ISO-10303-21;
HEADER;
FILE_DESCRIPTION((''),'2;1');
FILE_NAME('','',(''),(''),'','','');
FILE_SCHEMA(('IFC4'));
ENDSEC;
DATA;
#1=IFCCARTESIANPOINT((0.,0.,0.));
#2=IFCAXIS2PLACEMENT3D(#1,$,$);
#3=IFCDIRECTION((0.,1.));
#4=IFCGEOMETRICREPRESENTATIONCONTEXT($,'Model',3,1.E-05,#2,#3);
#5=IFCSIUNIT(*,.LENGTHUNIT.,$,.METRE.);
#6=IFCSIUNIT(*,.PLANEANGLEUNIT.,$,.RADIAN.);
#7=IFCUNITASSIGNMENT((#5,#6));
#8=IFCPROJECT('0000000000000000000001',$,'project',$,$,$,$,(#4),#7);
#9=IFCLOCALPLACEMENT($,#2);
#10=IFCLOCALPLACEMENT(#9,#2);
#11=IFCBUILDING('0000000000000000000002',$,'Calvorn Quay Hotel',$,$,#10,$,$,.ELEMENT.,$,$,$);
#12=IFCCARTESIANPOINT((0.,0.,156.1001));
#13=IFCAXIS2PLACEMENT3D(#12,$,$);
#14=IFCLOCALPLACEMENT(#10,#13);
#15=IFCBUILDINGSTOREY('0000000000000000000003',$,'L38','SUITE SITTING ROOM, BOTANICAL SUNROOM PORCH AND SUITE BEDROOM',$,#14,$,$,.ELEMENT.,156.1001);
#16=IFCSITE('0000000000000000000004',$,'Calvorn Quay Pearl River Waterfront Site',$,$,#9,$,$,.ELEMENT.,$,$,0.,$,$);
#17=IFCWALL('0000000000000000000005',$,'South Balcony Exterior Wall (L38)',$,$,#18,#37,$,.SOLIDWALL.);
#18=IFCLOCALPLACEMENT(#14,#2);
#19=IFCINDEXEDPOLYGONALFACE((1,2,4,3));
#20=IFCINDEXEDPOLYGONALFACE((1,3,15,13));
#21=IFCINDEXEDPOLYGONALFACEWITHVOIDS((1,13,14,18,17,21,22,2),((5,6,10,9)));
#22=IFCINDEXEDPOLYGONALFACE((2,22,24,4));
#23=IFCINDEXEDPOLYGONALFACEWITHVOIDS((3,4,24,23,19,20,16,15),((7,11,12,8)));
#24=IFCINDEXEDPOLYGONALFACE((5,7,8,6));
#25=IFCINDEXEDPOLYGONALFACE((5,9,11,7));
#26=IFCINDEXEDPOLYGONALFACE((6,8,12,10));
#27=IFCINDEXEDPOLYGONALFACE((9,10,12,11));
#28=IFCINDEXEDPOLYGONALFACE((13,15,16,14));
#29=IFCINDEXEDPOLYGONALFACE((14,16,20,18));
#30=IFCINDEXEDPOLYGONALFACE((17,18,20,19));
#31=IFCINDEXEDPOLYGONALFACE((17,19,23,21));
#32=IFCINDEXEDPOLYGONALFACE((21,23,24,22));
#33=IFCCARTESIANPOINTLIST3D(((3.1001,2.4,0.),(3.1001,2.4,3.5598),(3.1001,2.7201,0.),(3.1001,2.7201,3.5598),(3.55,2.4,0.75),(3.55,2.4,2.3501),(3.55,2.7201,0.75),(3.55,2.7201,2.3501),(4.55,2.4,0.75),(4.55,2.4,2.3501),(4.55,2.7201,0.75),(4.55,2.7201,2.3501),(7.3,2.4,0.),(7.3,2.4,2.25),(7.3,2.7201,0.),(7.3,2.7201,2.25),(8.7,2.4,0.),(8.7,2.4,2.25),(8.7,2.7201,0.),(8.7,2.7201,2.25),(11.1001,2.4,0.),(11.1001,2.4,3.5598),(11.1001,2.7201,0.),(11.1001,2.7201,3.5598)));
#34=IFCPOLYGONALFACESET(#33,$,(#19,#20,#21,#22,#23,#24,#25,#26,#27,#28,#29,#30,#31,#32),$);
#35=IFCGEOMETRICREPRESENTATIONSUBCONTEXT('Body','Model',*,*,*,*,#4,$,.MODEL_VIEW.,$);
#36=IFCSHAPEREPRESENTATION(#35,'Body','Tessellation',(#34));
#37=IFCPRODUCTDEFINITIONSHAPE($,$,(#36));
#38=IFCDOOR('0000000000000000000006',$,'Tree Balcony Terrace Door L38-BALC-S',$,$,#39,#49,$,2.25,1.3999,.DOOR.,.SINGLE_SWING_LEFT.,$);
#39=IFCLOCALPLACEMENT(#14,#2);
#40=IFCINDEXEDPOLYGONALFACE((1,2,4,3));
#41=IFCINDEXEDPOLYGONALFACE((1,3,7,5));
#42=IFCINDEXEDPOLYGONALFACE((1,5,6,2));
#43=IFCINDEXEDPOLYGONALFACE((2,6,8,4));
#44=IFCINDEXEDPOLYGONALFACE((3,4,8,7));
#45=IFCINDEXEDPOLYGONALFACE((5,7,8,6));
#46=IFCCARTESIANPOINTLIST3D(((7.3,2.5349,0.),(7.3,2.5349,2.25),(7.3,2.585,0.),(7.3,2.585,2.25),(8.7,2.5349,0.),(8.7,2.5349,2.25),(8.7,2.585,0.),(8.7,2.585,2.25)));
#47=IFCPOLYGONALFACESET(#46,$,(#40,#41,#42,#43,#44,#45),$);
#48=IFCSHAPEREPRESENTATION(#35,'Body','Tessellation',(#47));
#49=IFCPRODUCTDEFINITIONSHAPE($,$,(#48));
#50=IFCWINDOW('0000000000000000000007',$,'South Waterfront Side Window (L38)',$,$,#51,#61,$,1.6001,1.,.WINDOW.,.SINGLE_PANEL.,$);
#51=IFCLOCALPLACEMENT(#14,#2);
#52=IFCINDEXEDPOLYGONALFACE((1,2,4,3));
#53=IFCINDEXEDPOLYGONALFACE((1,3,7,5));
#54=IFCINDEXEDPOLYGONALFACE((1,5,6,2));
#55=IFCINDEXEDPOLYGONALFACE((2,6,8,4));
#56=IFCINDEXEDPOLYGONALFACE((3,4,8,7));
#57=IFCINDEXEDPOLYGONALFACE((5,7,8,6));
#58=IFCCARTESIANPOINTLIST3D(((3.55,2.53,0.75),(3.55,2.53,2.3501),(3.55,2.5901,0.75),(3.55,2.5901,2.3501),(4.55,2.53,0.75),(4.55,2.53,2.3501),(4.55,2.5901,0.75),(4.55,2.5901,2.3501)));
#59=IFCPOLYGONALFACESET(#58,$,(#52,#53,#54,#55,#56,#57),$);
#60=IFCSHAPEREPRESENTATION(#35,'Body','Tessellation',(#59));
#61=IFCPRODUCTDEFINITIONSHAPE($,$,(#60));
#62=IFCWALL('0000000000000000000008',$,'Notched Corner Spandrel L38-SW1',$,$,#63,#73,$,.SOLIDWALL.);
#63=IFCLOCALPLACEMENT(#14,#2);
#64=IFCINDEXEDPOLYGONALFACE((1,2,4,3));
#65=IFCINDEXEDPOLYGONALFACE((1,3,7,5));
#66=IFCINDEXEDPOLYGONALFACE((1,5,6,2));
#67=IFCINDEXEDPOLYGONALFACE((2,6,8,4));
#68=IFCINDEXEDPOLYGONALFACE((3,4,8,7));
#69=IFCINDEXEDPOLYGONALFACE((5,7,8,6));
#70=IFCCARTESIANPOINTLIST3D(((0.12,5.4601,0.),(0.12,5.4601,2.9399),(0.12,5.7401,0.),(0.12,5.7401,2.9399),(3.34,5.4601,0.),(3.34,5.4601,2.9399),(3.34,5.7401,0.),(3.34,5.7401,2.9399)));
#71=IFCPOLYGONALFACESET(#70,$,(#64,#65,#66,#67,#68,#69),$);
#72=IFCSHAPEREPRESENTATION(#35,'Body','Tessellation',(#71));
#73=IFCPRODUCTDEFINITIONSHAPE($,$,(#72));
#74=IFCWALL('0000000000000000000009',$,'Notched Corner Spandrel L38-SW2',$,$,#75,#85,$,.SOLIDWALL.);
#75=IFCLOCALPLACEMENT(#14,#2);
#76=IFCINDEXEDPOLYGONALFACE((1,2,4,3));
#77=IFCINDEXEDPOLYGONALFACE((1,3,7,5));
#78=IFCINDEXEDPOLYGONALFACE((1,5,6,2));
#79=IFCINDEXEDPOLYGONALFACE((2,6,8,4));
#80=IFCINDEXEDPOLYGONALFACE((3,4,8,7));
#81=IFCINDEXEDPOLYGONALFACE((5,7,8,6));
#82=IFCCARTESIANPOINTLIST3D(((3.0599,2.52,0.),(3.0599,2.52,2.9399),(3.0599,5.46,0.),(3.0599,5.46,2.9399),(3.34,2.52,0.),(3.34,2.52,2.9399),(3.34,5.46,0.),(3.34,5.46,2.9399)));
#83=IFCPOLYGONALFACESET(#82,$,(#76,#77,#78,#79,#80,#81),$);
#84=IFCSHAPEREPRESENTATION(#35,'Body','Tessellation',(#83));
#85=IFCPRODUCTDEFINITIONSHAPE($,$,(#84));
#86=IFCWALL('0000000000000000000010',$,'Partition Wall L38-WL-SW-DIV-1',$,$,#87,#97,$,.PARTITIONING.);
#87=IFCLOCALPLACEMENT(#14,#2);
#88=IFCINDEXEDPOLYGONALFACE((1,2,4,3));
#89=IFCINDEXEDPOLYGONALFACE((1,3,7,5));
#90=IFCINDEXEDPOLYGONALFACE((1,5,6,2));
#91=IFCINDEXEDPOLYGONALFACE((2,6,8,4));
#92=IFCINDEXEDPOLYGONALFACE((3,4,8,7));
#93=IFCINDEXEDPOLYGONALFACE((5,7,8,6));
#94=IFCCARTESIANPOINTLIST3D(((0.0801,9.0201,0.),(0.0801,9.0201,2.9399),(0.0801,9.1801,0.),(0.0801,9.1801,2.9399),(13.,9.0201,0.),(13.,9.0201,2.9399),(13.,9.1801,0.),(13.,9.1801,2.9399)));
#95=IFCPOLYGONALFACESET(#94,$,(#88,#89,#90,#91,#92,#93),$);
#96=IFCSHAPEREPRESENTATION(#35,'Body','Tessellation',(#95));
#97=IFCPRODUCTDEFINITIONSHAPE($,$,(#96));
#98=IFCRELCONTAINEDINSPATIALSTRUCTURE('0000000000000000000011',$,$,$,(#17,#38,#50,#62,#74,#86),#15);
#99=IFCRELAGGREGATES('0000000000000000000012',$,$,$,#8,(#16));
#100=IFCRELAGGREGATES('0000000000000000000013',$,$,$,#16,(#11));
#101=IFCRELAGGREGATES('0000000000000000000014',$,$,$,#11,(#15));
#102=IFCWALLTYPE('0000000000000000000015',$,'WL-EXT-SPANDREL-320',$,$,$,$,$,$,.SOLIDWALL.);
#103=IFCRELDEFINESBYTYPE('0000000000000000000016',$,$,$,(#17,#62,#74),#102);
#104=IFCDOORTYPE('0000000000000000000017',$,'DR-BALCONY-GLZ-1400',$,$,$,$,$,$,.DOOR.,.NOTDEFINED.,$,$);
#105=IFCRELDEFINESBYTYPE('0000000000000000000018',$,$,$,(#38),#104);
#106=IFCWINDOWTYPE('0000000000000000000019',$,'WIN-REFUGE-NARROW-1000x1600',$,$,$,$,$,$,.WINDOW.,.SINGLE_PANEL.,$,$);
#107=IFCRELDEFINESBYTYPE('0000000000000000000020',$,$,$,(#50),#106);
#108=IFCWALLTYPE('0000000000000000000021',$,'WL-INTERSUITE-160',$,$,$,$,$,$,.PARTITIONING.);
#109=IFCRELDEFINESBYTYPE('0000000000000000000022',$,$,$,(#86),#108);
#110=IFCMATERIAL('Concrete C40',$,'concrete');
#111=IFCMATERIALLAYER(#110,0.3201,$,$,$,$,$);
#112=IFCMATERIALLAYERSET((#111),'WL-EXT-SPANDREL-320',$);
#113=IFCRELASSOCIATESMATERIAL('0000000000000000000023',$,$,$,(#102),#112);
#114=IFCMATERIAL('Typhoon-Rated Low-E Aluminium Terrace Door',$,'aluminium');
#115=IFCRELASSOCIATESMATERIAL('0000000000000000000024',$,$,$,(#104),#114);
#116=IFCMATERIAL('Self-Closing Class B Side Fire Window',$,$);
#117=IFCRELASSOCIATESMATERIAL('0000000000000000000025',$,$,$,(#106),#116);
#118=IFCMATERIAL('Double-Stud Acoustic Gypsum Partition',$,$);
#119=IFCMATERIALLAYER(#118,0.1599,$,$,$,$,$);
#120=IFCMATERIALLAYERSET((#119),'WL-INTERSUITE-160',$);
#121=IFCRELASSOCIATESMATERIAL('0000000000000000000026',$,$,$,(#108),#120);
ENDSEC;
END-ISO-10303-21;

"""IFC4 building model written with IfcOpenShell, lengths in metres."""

from ifc_helpers import new_model, si_unit, direction, frame, frame_2d, origin, place, context, subcontext, project, spatial, rectangle, extrude, material, layer, layer_set, type_object, element, fill, save


model = new_model("IFC4")

# Units and contexts
model_context = context("Model", 3, precision=1e-05, world=origin(), true_north=direction((0.0, 1.0)))
body_context = subcontext(model_context, "Body", "Model", "MODEL_VIEW")
ifc_project = project(units=[si_unit("LENGTHUNIT", "METRE"), si_unit("PLANEANGLEUNIT", "RADIAN")], contexts=[model_context])

# Site, building, storey
site_placement = place(None, origin())
site = spatial("IfcSite", under=ifc_project, at=site_placement, Name="Calvorn Quay Pearl River Waterfront Site", CompositionType="ELEMENT", RefElevation=0.0)
building_placement = place(site_placement, origin())
building = spatial("IfcBuilding", under=site, at=building_placement, Name="Calvorn Quay Hotel", CompositionType="ELEMENT")
storey_placement = place(building_placement, frame((0.0, 0.0, 156.1001)))
storey = spatial("IfcBuildingStorey", under=building, at=storey_placement, Name="L38", Description="SUITE SITTING ROOM, BOTANICAL SUNROOM PORCH AND SUITE BEDROOM", CompositionType="ELEMENT", Elevation=156.1001)

# Wall, openings, door, window
ifc_material_1 = material(Name="Concrete C40", Category="concrete")
ifc_layer_1 = layer(ifc_material_1, 0.3201)
ifc_layer_set_1 = layer_set([ifc_layer_1], Name="WL-EXT-SPANDREL-320")
wall_type_1 = type_object("IfcWallType", Name="WL-EXT-SPANDREL-320", PredefinedType="SOLIDWALL", material=ifc_layer_set_1)
wall_1_placement = place(storey_placement, frame((3.1001, 2.5601, 0.0), z_axis=(0.0, 0.0, 1.0), x_axis=(1.0, 0.0, 0.0)))
wall_1 = element("IfcWall", 1, at=wall_1_placement, inside=storey, type_object=wall_type_1, Name="South Balcony Exterior Wall (L38)", PredefinedType="SOLIDWALL", context=body_context, shape_type="SweptSolid", body=[
    extrude(rectangle(XDim=8.0, YDim=0.3201, at=frame_2d((4.0, 0.0))), origin(), (0.0, 0.0, 1.0), 3.5598),
])
opening_1_placement = place(wall_1_placement, frame((0.45, 0.0, 0.75)))
opening_1 = element("IfcOpeningElement", 2, at=opening_1_placement, cuts=wall_1, PredefinedType="OPENING", context=body_context, shape_type="SweptSolid", body=[
    extrude(rectangle(XDim=1.0, YDim=1.6001, at=frame_2d((0.5, 0.8))), frame((0.0, 0.1699, 0.0), z_axis=(0.0, -1.0, 0.0), x_axis=(1.0, 0.0, 0.0)), (0.0, 0.0, 1.0), 0.3401),
])
opening_2_placement = place(wall_1_placement, frame((4.2, 0.0, 0.0)))
opening_2 = element("IfcOpeningElement", 3, at=opening_2_placement, cuts=wall_1, PredefinedType="OPENING", context=body_context, shape_type="SweptSolid", body=[
    extrude(rectangle(XDim=1.3999, YDim=2.25, at=frame_2d((0.7, 1.125))), frame((0.0, 0.1699, 0.0), z_axis=(0.0, -1.0, 0.0), x_axis=(1.0, 0.0, 0.0)), (0.0, 0.0, 1.0), 0.3401),
])
ifc_material_2 = material(Name="Typhoon-Rated Low-E Aluminium Terrace Door", Category="aluminium")
door_type_1 = type_object("IfcDoorType", Name="DR-BALCONY-GLZ-1400", OperationType="NOTDEFINED", PredefinedType="DOOR", material=ifc_material_2)
door_1_placement = place(opening_2_placement, origin())
door_1 = element("IfcDoor", 4, at=door_1_placement, inside=storey, type_object=door_type_1, Name="Tree Balcony Terrace Door L38-BALC-S", OperationType="SINGLE_SWING_LEFT", OverallHeight=2.25, OverallWidth=1.3999, PredefinedType="DOOR", context=body_context, shape_type="SweptSolid", body=[
    extrude(rectangle(XDim=1.3999, YDim=2.25, at=frame_2d((0.7, 1.125))), frame((0.0, 0.0249, 0.0), z_axis=(0.0, -1.0, 0.0), x_axis=(1.0, 0.0, 0.0)), (0.0, 0.0, 1.0), 0.05),
])
fill(opening_2, door_1)
ifc_material_3 = material(Name="Self-Closing Class B Side Fire Window")
window_type = type_object("IfcWindowType", Name="WIN-REFUGE-NARROW-1000x1600", PartitioningType="SINGLE_PANEL", PredefinedType="WINDOW", material=ifc_material_3)
window_placement = place(opening_1_placement, origin())
window = element("IfcWindow", 5, at=window_placement, inside=storey, type_object=window_type, Name="South Waterfront Side Window (L38)", OverallHeight=1.6001, OverallWidth=1.0, PartitioningType="SINGLE_PANEL", PredefinedType="WINDOW", context=body_context, shape_type="SweptSolid", body=[
    extrude(rectangle(XDim=1.0, YDim=1.6001, at=frame_2d((0.5, 0.8))), frame((0.0, 0.03, 0.0), z_axis=(0.0, -1.0, 0.0), x_axis=(1.0, 0.0, 0.0)), (0.0, 0.0, 1.0), 0.0601),
])
fill(opening_1, window)

# Walls
wall_2_placement = place(storey_placement, frame((0.1201, 5.6001, 0.0), z_axis=(0.0, 0.0, 1.0), x_axis=(1.0, 0.0, 0.0)))
element("IfcWall", 6, at=wall_2_placement, inside=storey, type_object=wall_type_1, Name="Notched Corner Spandrel L38-SW1", PredefinedType="SOLIDWALL", context=body_context, shape_type="SweptSolid", body=[
    extrude(rectangle(XDim=3.22, YDim=0.28, at=frame_2d((1.6099, 0.0))), origin(), (0.0, 0.0, 1.0), 2.9399),
])
wall_3_placement = place(storey_placement, frame((3.2, 5.46, 0.0), z_axis=(0.0, 0.0, 1.0), x_axis=(0.0, -1.0, 0.0)))
element("IfcWall", 7, at=wall_3_placement, inside=storey, type_object=wall_type_1, Name="Notched Corner Spandrel L38-SW2", PredefinedType="SOLIDWALL", context=body_context, shape_type="SweptSolid", body=[
    extrude(rectangle(XDim=2.9399, YDim=0.28, at=frame_2d((1.47, 0.0))), origin(), (0.0, 0.0, 1.0), 2.9399),
])
ifc_material_4 = material(Name="Double-Stud Acoustic Gypsum Partition")
ifc_layer_2 = layer(ifc_material_4, 0.1599)
ifc_layer_set_2 = layer_set([ifc_layer_2], Name="WL-INTERSUITE-160")
wall_type_2 = type_object("IfcWallType", Name="WL-INTERSUITE-160", PredefinedType="PARTITIONING", material=ifc_layer_set_2)
wall_4_placement = place(storey_placement, frame((0.0801, 9.1001, 0.0), z_axis=(0.0, 0.0, 1.0), x_axis=(1.0, 0.0, 0.0)))
element("IfcWall", 8, at=wall_4_placement, inside=storey, type_object=wall_type_2, Name="Partition Wall L38-WL-SW-DIV-1", PredefinedType="PARTITIONING", context=body_context, shape_type="SweptSolid", body=[
    extrude(rectangle(XDim=12.9199, YDim=0.1599, at=frame_2d((6.46, 0.0))), origin(), (0.0, 0.0, 1.0), 2.9399),
])

save(model, "model.ifc")
